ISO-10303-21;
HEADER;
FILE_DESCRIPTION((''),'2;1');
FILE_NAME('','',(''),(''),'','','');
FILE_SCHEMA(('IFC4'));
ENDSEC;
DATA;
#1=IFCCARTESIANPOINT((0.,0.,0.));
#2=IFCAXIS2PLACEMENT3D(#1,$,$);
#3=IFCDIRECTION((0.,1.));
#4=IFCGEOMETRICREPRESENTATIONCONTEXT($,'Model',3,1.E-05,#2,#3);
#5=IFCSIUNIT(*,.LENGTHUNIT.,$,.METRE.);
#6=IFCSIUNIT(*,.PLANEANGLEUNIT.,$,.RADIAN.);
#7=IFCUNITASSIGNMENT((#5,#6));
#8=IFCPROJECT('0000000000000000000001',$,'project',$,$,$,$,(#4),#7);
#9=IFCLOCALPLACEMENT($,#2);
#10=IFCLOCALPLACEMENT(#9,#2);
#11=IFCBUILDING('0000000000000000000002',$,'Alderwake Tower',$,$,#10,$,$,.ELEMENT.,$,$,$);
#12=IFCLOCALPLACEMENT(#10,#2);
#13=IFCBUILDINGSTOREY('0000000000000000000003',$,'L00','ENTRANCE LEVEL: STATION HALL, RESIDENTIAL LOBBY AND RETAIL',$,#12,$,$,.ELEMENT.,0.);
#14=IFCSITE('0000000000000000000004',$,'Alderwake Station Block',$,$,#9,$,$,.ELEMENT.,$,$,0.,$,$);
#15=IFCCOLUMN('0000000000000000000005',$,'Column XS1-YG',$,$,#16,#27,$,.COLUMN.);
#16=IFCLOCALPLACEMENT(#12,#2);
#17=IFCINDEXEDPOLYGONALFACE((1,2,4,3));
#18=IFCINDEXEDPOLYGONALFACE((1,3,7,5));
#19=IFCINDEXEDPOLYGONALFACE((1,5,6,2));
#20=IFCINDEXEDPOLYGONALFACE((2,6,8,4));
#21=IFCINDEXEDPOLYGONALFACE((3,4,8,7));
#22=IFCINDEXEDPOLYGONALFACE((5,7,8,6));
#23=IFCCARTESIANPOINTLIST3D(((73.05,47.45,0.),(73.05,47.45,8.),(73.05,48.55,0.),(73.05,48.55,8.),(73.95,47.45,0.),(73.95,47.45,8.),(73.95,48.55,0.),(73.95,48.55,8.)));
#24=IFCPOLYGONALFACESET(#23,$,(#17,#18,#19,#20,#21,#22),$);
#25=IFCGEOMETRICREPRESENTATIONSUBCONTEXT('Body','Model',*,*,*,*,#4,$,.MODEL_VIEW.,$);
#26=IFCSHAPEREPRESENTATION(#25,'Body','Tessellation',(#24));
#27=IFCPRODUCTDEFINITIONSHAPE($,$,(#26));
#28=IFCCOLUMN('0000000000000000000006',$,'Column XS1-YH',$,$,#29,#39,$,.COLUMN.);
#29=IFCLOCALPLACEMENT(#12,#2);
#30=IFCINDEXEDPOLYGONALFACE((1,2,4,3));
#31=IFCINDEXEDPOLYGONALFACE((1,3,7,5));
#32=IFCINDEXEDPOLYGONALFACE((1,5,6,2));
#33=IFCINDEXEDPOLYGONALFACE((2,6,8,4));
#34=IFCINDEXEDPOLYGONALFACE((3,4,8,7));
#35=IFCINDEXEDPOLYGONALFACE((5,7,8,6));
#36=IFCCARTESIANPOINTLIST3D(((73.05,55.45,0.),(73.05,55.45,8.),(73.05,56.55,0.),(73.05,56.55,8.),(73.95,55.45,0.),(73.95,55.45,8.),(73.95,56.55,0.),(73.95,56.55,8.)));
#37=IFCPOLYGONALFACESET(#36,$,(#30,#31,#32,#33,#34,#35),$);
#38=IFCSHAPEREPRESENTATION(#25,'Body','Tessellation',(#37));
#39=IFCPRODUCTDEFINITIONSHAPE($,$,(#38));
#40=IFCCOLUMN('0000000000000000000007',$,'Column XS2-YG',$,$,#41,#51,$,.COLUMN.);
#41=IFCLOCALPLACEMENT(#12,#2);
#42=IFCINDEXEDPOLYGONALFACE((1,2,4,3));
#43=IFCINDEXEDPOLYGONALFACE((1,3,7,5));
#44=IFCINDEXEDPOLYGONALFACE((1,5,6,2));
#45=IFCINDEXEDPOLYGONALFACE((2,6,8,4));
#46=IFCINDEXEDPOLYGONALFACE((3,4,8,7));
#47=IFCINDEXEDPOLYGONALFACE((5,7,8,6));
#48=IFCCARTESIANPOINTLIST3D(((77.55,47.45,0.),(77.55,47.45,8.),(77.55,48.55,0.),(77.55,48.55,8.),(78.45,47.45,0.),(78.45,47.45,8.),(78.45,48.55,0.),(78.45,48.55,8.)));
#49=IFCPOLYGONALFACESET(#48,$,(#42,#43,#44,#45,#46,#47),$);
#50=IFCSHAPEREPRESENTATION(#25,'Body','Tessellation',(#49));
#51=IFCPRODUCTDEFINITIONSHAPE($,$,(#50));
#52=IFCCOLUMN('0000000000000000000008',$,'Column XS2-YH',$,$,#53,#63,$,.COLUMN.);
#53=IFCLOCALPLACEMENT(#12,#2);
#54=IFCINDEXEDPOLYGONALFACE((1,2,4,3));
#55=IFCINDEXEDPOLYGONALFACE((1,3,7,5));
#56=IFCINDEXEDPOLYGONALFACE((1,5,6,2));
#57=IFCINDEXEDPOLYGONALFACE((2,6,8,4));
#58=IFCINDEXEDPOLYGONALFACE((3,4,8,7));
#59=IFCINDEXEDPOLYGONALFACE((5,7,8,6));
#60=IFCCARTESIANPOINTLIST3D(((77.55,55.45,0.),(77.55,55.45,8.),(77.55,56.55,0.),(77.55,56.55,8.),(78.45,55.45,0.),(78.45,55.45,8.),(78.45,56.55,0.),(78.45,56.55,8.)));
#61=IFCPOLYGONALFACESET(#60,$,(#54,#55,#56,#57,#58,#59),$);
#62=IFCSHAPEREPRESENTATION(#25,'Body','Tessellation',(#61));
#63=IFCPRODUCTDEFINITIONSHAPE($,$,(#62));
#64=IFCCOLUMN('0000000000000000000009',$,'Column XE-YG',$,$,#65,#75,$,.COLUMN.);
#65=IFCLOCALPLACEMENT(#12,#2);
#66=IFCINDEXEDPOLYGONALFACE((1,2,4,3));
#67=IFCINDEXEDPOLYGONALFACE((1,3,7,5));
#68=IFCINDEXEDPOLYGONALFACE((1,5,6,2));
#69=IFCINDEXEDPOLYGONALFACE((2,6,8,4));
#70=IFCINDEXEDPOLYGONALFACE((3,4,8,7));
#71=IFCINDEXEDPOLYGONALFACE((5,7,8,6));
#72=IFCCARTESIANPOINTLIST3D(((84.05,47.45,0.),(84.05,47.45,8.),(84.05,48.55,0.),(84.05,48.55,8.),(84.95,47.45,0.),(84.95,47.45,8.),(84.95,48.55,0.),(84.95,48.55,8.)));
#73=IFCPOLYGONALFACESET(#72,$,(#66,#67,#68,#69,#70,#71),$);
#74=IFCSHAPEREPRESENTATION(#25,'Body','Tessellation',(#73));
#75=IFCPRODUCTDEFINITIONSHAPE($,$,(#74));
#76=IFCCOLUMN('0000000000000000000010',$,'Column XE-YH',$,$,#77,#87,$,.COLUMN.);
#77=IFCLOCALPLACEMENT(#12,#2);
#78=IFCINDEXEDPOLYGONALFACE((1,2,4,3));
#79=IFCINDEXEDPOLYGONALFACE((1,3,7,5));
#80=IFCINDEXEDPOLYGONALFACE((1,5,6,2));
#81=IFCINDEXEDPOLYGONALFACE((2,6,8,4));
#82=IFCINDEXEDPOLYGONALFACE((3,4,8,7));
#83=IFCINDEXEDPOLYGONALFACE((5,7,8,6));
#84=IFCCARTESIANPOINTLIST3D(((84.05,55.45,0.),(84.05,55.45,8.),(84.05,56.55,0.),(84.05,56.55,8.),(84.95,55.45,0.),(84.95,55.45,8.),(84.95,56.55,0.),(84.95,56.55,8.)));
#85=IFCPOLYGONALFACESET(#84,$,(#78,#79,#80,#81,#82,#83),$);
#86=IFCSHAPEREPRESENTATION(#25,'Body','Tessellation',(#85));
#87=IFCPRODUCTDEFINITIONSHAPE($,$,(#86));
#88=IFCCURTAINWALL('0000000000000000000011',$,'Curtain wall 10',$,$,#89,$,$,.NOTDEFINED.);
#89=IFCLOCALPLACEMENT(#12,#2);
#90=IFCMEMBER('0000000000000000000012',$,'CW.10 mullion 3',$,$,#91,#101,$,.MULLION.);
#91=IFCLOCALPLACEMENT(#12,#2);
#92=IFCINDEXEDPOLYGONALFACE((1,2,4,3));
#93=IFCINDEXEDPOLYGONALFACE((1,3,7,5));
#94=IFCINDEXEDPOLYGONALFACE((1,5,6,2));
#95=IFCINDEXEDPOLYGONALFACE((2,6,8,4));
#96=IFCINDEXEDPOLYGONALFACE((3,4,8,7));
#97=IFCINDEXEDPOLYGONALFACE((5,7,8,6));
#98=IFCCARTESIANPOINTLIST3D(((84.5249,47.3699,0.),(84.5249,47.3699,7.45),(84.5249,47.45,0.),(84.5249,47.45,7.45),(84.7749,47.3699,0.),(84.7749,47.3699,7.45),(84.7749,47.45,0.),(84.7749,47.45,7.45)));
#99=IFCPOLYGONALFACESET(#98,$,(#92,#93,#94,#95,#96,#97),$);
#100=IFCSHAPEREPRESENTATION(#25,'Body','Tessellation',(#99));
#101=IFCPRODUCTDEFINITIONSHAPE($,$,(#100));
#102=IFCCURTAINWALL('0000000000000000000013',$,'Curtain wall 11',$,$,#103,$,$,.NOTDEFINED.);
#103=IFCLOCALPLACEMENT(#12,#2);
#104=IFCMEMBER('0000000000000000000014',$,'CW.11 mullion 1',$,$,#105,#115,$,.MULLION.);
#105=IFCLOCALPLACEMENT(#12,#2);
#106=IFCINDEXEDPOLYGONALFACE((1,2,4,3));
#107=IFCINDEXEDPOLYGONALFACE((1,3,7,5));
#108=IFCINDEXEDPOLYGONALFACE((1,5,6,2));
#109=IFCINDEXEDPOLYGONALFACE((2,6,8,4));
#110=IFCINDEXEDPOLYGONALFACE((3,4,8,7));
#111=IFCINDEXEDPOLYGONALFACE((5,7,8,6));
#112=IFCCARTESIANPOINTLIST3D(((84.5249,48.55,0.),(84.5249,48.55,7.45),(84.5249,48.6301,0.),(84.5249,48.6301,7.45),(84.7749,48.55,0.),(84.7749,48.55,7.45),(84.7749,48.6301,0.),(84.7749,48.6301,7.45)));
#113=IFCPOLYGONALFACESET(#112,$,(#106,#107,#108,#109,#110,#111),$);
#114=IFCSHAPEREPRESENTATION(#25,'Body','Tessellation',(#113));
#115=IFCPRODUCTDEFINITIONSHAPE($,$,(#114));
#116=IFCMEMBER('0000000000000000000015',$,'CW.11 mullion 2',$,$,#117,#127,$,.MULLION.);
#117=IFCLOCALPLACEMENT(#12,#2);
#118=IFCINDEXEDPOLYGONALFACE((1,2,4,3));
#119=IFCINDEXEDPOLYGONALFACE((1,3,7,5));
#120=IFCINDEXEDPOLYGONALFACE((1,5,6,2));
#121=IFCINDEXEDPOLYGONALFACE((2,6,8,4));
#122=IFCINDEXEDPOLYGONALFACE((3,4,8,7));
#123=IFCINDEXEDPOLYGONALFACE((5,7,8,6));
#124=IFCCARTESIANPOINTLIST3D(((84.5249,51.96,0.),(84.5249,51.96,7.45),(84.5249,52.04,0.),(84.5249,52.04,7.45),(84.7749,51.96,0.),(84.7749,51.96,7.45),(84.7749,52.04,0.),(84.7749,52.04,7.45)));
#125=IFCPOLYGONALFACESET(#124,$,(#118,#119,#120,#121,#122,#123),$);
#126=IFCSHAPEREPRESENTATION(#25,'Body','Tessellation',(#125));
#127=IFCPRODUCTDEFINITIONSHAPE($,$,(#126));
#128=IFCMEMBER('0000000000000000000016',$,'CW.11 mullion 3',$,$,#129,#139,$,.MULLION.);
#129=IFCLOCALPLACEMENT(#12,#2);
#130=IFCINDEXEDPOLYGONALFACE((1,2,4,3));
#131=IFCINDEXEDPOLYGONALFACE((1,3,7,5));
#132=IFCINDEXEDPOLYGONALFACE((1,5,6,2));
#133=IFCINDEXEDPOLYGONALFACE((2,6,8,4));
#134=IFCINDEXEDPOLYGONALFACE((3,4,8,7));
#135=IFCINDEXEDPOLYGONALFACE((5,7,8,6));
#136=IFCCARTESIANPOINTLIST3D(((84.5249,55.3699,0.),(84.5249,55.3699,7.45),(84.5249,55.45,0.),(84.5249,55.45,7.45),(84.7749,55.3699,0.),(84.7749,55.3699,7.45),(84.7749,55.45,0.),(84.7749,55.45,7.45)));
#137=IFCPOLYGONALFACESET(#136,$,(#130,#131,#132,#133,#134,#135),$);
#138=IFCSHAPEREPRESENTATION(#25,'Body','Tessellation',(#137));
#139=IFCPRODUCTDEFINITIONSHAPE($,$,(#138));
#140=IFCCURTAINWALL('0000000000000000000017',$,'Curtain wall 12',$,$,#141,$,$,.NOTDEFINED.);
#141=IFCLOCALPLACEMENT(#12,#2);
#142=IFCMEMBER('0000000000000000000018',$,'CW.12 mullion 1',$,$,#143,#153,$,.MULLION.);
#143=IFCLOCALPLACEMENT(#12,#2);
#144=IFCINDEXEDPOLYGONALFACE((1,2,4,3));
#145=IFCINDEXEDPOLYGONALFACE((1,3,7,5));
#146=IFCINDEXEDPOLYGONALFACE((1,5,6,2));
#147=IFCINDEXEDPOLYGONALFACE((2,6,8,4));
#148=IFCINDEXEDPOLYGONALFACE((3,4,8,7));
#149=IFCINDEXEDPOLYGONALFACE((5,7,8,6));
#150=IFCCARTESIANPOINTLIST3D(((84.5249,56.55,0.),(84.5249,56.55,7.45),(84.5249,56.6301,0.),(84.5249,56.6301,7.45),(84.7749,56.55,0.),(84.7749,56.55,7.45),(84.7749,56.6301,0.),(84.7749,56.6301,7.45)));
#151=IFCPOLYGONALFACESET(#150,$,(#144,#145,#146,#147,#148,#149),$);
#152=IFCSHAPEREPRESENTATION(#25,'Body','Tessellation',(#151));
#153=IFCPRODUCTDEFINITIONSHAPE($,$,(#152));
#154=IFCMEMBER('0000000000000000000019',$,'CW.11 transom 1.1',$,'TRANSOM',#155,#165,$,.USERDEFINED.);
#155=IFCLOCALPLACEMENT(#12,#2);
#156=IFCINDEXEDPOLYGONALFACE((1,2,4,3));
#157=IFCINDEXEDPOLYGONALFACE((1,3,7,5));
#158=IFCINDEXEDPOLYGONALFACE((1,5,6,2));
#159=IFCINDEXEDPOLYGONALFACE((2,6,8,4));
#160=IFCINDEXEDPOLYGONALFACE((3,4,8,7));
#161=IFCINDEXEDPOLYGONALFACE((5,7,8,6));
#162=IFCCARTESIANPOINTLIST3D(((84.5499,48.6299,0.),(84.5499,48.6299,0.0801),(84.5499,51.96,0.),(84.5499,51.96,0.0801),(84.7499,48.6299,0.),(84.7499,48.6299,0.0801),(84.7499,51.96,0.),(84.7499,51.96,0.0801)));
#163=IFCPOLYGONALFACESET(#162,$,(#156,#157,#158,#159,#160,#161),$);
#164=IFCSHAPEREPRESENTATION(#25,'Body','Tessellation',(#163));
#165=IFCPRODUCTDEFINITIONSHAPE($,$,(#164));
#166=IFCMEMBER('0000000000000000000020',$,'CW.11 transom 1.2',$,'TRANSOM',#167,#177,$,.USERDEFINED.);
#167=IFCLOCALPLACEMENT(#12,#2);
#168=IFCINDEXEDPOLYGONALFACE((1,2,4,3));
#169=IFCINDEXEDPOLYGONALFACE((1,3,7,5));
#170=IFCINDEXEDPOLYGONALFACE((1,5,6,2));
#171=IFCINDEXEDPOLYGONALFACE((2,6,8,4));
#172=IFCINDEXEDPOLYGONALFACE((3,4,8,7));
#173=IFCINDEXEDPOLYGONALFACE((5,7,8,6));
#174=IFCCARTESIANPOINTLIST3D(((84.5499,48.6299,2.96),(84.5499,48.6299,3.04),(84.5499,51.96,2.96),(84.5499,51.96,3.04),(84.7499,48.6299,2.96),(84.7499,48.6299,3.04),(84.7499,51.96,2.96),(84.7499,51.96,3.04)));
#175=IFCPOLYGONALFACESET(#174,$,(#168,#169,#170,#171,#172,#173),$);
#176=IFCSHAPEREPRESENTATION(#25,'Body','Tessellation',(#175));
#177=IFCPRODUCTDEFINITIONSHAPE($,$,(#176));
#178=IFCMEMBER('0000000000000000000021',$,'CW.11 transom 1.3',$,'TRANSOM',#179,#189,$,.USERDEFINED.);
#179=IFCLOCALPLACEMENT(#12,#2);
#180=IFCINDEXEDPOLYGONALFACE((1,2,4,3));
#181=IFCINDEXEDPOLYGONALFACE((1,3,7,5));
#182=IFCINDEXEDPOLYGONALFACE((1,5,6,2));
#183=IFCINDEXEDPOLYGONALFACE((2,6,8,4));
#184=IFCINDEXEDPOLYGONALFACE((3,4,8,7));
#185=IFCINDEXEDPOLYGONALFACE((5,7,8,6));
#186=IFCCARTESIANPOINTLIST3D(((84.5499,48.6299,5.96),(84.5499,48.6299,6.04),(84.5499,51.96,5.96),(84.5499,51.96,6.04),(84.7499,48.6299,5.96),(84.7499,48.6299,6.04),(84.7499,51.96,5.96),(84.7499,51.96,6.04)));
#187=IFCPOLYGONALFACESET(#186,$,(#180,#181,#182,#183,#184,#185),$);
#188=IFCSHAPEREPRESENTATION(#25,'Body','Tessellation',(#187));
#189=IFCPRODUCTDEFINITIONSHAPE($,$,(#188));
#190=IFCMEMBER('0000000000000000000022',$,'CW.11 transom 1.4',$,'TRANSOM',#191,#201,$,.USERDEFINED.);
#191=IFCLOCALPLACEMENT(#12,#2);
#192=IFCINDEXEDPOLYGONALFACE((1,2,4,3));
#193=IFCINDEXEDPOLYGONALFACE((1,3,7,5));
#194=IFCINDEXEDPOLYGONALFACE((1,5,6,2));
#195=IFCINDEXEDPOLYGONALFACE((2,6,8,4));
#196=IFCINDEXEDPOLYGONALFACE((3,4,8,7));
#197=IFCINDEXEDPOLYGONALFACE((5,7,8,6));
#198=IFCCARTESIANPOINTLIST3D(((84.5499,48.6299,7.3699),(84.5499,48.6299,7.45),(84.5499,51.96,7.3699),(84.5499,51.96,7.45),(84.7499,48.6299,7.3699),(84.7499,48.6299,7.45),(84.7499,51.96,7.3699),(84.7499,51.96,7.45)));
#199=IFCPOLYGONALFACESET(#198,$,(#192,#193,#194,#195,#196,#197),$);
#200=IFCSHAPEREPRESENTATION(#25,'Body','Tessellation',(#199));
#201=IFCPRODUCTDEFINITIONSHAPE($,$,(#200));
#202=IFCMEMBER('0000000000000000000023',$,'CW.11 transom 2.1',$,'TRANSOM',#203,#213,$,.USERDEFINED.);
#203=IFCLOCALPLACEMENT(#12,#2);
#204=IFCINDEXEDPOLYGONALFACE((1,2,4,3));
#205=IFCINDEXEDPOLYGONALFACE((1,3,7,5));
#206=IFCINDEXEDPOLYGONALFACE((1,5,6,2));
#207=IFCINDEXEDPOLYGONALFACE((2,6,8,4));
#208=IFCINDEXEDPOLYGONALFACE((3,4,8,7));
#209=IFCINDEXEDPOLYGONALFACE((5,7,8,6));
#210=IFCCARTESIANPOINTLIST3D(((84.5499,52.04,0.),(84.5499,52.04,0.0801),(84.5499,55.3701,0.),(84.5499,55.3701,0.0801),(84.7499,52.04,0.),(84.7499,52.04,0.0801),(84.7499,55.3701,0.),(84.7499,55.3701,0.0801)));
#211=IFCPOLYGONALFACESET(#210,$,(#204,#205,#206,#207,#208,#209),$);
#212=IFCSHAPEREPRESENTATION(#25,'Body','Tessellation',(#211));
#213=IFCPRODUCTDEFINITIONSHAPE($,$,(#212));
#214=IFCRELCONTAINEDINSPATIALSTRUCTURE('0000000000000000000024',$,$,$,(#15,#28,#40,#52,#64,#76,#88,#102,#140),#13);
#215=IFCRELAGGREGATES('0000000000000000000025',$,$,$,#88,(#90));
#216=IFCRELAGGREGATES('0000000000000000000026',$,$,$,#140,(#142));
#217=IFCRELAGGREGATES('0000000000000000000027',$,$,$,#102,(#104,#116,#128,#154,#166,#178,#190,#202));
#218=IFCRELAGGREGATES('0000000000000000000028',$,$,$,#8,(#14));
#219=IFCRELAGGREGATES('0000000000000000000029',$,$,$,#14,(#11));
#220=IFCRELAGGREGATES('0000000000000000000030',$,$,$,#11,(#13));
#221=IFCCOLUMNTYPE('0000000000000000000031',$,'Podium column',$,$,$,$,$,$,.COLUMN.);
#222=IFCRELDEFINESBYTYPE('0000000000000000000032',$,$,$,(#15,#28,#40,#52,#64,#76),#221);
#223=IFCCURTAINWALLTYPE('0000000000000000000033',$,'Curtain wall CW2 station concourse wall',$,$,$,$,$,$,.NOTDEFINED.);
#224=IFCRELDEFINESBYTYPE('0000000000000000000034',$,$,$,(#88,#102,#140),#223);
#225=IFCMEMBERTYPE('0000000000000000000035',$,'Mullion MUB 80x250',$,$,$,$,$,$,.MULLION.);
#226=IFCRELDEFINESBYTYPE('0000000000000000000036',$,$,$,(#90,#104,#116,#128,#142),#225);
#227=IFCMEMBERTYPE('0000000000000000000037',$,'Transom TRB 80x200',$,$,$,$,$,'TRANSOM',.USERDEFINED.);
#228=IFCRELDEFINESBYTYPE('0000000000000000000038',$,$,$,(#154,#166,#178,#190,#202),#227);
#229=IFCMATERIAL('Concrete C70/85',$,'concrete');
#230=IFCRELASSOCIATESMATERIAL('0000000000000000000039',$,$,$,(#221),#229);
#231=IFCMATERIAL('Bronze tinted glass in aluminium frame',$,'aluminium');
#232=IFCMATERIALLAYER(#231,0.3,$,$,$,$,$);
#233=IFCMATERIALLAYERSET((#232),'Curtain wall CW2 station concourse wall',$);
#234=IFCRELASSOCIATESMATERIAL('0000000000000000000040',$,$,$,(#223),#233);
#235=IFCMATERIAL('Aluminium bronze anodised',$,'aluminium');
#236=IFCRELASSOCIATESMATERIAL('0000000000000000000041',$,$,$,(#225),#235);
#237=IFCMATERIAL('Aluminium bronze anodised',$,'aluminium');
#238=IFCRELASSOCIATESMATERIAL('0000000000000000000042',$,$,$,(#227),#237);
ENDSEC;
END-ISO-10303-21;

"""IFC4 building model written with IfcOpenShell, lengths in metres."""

from ifc_helpers import new_model, si_unit, direction, frame, origin, origin_2d, place, context, subcontext, project, spatial, rectangle, extrude, material, layer, layer_set, material_profile, profile_set, type_object, element, aggregate, save


model = new_model("IFC4")

# Units and contexts
model_context = context("Model", 3, precision=1e-05, world=origin(), true_north=direction((0.0, 1.0)))
body_context = subcontext(model_context, "Body", "Model", "MODEL_VIEW")
ifc_project = project(units=[si_unit("LENGTHUNIT", "METRE"), si_unit("PLANEANGLEUNIT", "RADIAN")], contexts=[model_context])

# Site, building, storey
site_placement = place(None, origin())
site = spatial("IfcSite", under=ifc_project, at=site_placement, Name="Alderwake Station Block", CompositionType="ELEMENT", RefElevation=0.0)
building_placement = place(site_placement, origin())
building = spatial("IfcBuilding", under=site, at=building_placement, Name="Alderwake Tower", CompositionType="ELEMENT")
storey_placement = place(building_placement, origin())
storey = spatial("IfcBuildingStorey", under=building, at=storey_placement, Name="L00", Description="ENTRANCE LEVEL: STATION HALL, RESIDENTIAL LOBBY AND RETAIL", CompositionType="ELEMENT", Elevation=0.0)

# Columns
ifc_material_1 = material(Name="Concrete C70/85", Category="concrete")
ifc_material_profile_1 = material_profile(ifc_material_1, rectangle(XDim=0.8999, YDim=1.1001, at=origin_2d()), Name="RC 1100X900")
ifc_profile_set_1 = profile_set([ifc_material_profile_1], Name="Concrete C70/85")
column_type = type_object("IfcColumnType", Name="Podium column", PredefinedType="COLUMN", material=ifc_profile_set_1)
for number, where, z_axis, x_axis, name in (
    (1, (73.5, 48.0, 0.0), (0.0, 0.0, 1.0), (1.0, 0.0, 0.0), "Column XS1-YG"),
    (2, (73.5, 56.0, 0.0), (0.0, 0.0, 1.0), (1.0, 0.0, 0.0), "Column XS1-YH"),
    (3, (78.0, 48.0, 0.0), (0.0, 0.0, 1.0), (1.0, 0.0, 0.0), "Column XS2-YG"),
    (4, (78.0, 56.0, 0.0), (0.0, 0.0, 1.0), (1.0, 0.0, 0.0), "Column XS2-YH"),
    (5, (84.5, 48.0, 0.0), (0.0, 0.0, 1.0), (1.0, 0.0, 0.0), "Column XE-YG"),
    (6, (84.5, 56.0, 0.0), (0.0, 0.0, 1.0), (1.0, 0.0, 0.0), "Column XE-YH"),
):
    element("IfcColumn", number, at=place(storey_placement, frame(where, z_axis=z_axis, x_axis=x_axis)), inside=storey, type_object=column_type, Name=name, PredefinedType="COLUMN", context=body_context, shape_type="SweptSolid", body=[
        extrude(rectangle(XDim=0.8999, YDim=1.1001, at=origin_2d()), origin(), (0.0, 0.0, 1.0), 8.0),
    ])

# Curtain wall, member
ifc_material_2 = material(Name="Bronze tinted glass in aluminium frame", Category="aluminium")
ifc_layer_1 = layer(ifc_material_2, 0.3)
ifc_layer_set_1 = layer_set([ifc_layer_1], Name="Curtain wall CW2 station concourse wall")
curtain_wall_type = type_object("IfcCurtainWallType", Name="Curtain wall CW2 station concourse wall", PredefinedType="NOTDEFINED", material=ifc_layer_set_1)
curtain_wall_1_placement = place(storey_placement, origin())
curtain_wall_1 = element("IfcCurtainWall", 7, at=curtain_wall_1_placement, inside=storey, type_object=curtain_wall_type, Name="Curtain wall 10", PredefinedType="NOTDEFINED")
ifc_material_3 = material(Name="Aluminium bronze anodised", Category="aluminium")
ifc_material_profile_2 = material_profile(ifc_material_3, rectangle(XDim=0.25, YDim=0.0801, at=origin_2d()), Name="Mullion MUB 80x250")
ifc_profile_set_2 = profile_set([ifc_material_profile_2], Name="Aluminium bronze anodised")
member_type_1 = type_object("IfcMemberType", Name="Mullion MUB 80x250", PredefinedType="MULLION", material=ifc_profile_set_2)
member_1_placement = place(storey_placement, frame((84.6499, 47.4099, 0.0), z_axis=(0.0, 0.0, 1.0), x_axis=(-1.0, 0.0, 0.0)))
member_1 = element("IfcMember", 8, at=member_1_placement, type_object=member_type_1, Name="CW.10 mullion 3", PredefinedType="MULLION", context=body_context, shape_type="SweptSolid", body=[
    extrude(rectangle(XDim=0.25, YDim=0.0801, at=origin_2d()), origin(), (0.0, 0.0, 1.0), 7.45),
])
aggregate(curtain_wall_1, [member_1])

# Curtain wall, members
curtain_wall_2_placement = place(storey_placement, origin())
curtain_wall_2 = element("IfcCurtainWall", 9, at=curtain_wall_2_placement, inside=storey, type_object=curtain_wall_type, Name="Curtain wall 11", PredefinedType="NOTDEFINED")
member_2_placement = place(storey_placement, frame((84.6499, 48.5901, 0.0), z_axis=(0.0, 0.0, 1.0), x_axis=(-1.0, 0.0, 0.0)))
member_2 = element("IfcMember", 10, at=member_2_placement, type_object=member_type_1, Name="CW.11 mullion 1", PredefinedType="MULLION", context=body_context, shape_type="SweptSolid", body=[
    extrude(rectangle(XDim=0.25, YDim=0.0801, at=origin_2d()), origin(), (0.0, 0.0, 1.0), 7.45),
])
member_3_placement = place(storey_placement, frame((84.6499, 52.0, 0.0), z_axis=(0.0, 0.0, 1.0), x_axis=(-1.0, 0.0, 0.0)))
member_3 = element("IfcMember", 11, at=member_3_placement, type_object=member_type_1, Name="CW.11 mullion 2", PredefinedType="MULLION", context=body_context, shape_type="SweptSolid", body=[
    extrude(rectangle(XDim=0.25, YDim=0.0801, at=origin_2d()), origin(), (0.0, 0.0, 1.0), 7.45),
])
member_4_placement = place(storey_placement, frame((84.6499, 55.4099, 0.0), z_axis=(0.0, 0.0, 1.0), x_axis=(-1.0, 0.0, 0.0)))
member_4 = element("IfcMember", 12, at=member_4_placement, type_object=member_type_1, Name="CW.11 mullion 3", PredefinedType="MULLION", context=body_context, shape_type="SweptSolid", body=[
    extrude(rectangle(XDim=0.25, YDim=0.0801, at=origin_2d()), origin(), (0.0, 0.0, 1.0), 7.45),
])

# Curtain wall, member
curtain_wall_3_placement = place(storey_placement, origin())
curtain_wall_3 = element("IfcCurtainWall", 13, at=curtain_wall_3_placement, inside=storey, type_object=curtain_wall_type, Name="Curtain wall 12", PredefinedType="NOTDEFINED")
member_5_placement = place(storey_placement, frame((84.6499, 56.5901, 0.0), z_axis=(0.0, 0.0, 1.0), x_axis=(-1.0, 0.0, 0.0)))
member_5 = element("IfcMember", 14, at=member_5_placement, type_object=member_type_1, Name="CW.12 mullion 1", PredefinedType="MULLION", context=body_context, shape_type="SweptSolid", body=[
    extrude(rectangle(XDim=0.25, YDim=0.0801, at=origin_2d()), origin(), (0.0, 0.0, 1.0), 7.45),
])

# Members
ifc_material_4 = material(Name="Aluminium bronze anodised", Category="aluminium")
ifc_material_profile_3 = material_profile(ifc_material_4, rectangle(XDim=0.2, YDim=0.0801, at=origin_2d()), Name="Transom TRB 80x200")
ifc_profile_set_3 = profile_set([ifc_material_profile_3], Name="Aluminium bronze anodised")
member_type_2 = type_object("IfcMemberType", Name="Transom TRB 80x200", ElementType="TRANSOM", PredefinedType="USERDEFINED", material=ifc_profile_set_3)
member_6_placement = place(storey_placement, frame((84.6499, 48.6299, 0.04), z_axis=(0.0, 1.0, 0.0), x_axis=(-1.0, 0.0, 0.0)))
member_6 = element("IfcMember", 15, at=member_6_placement, type_object=member_type_2, Name="CW.11 transom 1.1", ObjectType="TRANSOM", PredefinedType="USERDEFINED", context=body_context, shape_type="SweptSolid", body=[
    extrude(rectangle(XDim=0.2, YDim=0.0801, at=origin_2d()), origin(), (0.0, 0.0, 1.0), 3.3301),
])
member_7_placement = place(storey_placement, frame((84.6499, 48.6299, 3.0), z_axis=(0.0, 1.0, 0.0), x_axis=(-1.0, 0.0, 0.0)))
member_7 = element("IfcMember", 16, at=member_7_placement, type_object=member_type_2, Name="CW.11 transom 1.2", ObjectType="TRANSOM", PredefinedType="USERDEFINED", context=body_context, shape_type="SweptSolid", body=[
    extrude(rectangle(XDim=0.2, YDim=0.0801, at=origin_2d()), origin(), (0.0, 0.0, 1.0), 3.3301),
])
member_8_placement = place(storey_placement, frame((84.6499, 48.6299, 6.0), z_axis=(0.0, 1.0, 0.0), x_axis=(-1.0, 0.0, 0.0)))
member_8 = element("IfcMember", 17, at=member_8_placement, type_object=member_type_2, Name="CW.11 transom 1.3", ObjectType="TRANSOM", PredefinedType="USERDEFINED", context=body_context, shape_type="SweptSolid", body=[
    extrude(rectangle(XDim=0.2, YDim=0.0801, at=origin_2d()), origin(), (0.0, 0.0, 1.0), 3.3301),
])
member_9_placement = place(storey_placement, frame((84.6499, 48.6299, 7.4099), z_axis=(0.0, 1.0, 0.0), x_axis=(-1.0, 0.0, 0.0)))
member_9 = element("IfcMember", 18, at=member_9_placement, type_object=member_type_2, Name="CW.11 transom 1.4", ObjectType="TRANSOM", PredefinedType="USERDEFINED", context=body_context, shape_type="SweptSolid", body=[
    extrude(rectangle(XDim=0.2, YDim=0.0801, at=origin_2d()), origin(), (0.0, 0.0, 1.0), 3.3301),
])
member_10_placement = place(storey_placement, frame((84.6499, 52.04, 0.04), z_axis=(0.0, 1.0, 0.0), x_axis=(-1.0, 0.0, 0.0)))
member_10 = element("IfcMember", 19, at=member_10_placement, type_object=member_type_2, Name="CW.11 transom 2.1", ObjectType="TRANSOM", PredefinedType="USERDEFINED", context=body_context, shape_type="SweptSolid", body=[
    extrude(rectangle(XDim=0.2, YDim=0.0801, at=origin_2d()), origin(), (0.0, 0.0, 1.0), 3.3301),
])
aggregate(curtain_wall_3, [member_5])

aggregate(curtain_wall_2, [member_2, member_3, member_4, member_6, member_7, member_8, member_9, member_10])

save(model, "model.ifc")
